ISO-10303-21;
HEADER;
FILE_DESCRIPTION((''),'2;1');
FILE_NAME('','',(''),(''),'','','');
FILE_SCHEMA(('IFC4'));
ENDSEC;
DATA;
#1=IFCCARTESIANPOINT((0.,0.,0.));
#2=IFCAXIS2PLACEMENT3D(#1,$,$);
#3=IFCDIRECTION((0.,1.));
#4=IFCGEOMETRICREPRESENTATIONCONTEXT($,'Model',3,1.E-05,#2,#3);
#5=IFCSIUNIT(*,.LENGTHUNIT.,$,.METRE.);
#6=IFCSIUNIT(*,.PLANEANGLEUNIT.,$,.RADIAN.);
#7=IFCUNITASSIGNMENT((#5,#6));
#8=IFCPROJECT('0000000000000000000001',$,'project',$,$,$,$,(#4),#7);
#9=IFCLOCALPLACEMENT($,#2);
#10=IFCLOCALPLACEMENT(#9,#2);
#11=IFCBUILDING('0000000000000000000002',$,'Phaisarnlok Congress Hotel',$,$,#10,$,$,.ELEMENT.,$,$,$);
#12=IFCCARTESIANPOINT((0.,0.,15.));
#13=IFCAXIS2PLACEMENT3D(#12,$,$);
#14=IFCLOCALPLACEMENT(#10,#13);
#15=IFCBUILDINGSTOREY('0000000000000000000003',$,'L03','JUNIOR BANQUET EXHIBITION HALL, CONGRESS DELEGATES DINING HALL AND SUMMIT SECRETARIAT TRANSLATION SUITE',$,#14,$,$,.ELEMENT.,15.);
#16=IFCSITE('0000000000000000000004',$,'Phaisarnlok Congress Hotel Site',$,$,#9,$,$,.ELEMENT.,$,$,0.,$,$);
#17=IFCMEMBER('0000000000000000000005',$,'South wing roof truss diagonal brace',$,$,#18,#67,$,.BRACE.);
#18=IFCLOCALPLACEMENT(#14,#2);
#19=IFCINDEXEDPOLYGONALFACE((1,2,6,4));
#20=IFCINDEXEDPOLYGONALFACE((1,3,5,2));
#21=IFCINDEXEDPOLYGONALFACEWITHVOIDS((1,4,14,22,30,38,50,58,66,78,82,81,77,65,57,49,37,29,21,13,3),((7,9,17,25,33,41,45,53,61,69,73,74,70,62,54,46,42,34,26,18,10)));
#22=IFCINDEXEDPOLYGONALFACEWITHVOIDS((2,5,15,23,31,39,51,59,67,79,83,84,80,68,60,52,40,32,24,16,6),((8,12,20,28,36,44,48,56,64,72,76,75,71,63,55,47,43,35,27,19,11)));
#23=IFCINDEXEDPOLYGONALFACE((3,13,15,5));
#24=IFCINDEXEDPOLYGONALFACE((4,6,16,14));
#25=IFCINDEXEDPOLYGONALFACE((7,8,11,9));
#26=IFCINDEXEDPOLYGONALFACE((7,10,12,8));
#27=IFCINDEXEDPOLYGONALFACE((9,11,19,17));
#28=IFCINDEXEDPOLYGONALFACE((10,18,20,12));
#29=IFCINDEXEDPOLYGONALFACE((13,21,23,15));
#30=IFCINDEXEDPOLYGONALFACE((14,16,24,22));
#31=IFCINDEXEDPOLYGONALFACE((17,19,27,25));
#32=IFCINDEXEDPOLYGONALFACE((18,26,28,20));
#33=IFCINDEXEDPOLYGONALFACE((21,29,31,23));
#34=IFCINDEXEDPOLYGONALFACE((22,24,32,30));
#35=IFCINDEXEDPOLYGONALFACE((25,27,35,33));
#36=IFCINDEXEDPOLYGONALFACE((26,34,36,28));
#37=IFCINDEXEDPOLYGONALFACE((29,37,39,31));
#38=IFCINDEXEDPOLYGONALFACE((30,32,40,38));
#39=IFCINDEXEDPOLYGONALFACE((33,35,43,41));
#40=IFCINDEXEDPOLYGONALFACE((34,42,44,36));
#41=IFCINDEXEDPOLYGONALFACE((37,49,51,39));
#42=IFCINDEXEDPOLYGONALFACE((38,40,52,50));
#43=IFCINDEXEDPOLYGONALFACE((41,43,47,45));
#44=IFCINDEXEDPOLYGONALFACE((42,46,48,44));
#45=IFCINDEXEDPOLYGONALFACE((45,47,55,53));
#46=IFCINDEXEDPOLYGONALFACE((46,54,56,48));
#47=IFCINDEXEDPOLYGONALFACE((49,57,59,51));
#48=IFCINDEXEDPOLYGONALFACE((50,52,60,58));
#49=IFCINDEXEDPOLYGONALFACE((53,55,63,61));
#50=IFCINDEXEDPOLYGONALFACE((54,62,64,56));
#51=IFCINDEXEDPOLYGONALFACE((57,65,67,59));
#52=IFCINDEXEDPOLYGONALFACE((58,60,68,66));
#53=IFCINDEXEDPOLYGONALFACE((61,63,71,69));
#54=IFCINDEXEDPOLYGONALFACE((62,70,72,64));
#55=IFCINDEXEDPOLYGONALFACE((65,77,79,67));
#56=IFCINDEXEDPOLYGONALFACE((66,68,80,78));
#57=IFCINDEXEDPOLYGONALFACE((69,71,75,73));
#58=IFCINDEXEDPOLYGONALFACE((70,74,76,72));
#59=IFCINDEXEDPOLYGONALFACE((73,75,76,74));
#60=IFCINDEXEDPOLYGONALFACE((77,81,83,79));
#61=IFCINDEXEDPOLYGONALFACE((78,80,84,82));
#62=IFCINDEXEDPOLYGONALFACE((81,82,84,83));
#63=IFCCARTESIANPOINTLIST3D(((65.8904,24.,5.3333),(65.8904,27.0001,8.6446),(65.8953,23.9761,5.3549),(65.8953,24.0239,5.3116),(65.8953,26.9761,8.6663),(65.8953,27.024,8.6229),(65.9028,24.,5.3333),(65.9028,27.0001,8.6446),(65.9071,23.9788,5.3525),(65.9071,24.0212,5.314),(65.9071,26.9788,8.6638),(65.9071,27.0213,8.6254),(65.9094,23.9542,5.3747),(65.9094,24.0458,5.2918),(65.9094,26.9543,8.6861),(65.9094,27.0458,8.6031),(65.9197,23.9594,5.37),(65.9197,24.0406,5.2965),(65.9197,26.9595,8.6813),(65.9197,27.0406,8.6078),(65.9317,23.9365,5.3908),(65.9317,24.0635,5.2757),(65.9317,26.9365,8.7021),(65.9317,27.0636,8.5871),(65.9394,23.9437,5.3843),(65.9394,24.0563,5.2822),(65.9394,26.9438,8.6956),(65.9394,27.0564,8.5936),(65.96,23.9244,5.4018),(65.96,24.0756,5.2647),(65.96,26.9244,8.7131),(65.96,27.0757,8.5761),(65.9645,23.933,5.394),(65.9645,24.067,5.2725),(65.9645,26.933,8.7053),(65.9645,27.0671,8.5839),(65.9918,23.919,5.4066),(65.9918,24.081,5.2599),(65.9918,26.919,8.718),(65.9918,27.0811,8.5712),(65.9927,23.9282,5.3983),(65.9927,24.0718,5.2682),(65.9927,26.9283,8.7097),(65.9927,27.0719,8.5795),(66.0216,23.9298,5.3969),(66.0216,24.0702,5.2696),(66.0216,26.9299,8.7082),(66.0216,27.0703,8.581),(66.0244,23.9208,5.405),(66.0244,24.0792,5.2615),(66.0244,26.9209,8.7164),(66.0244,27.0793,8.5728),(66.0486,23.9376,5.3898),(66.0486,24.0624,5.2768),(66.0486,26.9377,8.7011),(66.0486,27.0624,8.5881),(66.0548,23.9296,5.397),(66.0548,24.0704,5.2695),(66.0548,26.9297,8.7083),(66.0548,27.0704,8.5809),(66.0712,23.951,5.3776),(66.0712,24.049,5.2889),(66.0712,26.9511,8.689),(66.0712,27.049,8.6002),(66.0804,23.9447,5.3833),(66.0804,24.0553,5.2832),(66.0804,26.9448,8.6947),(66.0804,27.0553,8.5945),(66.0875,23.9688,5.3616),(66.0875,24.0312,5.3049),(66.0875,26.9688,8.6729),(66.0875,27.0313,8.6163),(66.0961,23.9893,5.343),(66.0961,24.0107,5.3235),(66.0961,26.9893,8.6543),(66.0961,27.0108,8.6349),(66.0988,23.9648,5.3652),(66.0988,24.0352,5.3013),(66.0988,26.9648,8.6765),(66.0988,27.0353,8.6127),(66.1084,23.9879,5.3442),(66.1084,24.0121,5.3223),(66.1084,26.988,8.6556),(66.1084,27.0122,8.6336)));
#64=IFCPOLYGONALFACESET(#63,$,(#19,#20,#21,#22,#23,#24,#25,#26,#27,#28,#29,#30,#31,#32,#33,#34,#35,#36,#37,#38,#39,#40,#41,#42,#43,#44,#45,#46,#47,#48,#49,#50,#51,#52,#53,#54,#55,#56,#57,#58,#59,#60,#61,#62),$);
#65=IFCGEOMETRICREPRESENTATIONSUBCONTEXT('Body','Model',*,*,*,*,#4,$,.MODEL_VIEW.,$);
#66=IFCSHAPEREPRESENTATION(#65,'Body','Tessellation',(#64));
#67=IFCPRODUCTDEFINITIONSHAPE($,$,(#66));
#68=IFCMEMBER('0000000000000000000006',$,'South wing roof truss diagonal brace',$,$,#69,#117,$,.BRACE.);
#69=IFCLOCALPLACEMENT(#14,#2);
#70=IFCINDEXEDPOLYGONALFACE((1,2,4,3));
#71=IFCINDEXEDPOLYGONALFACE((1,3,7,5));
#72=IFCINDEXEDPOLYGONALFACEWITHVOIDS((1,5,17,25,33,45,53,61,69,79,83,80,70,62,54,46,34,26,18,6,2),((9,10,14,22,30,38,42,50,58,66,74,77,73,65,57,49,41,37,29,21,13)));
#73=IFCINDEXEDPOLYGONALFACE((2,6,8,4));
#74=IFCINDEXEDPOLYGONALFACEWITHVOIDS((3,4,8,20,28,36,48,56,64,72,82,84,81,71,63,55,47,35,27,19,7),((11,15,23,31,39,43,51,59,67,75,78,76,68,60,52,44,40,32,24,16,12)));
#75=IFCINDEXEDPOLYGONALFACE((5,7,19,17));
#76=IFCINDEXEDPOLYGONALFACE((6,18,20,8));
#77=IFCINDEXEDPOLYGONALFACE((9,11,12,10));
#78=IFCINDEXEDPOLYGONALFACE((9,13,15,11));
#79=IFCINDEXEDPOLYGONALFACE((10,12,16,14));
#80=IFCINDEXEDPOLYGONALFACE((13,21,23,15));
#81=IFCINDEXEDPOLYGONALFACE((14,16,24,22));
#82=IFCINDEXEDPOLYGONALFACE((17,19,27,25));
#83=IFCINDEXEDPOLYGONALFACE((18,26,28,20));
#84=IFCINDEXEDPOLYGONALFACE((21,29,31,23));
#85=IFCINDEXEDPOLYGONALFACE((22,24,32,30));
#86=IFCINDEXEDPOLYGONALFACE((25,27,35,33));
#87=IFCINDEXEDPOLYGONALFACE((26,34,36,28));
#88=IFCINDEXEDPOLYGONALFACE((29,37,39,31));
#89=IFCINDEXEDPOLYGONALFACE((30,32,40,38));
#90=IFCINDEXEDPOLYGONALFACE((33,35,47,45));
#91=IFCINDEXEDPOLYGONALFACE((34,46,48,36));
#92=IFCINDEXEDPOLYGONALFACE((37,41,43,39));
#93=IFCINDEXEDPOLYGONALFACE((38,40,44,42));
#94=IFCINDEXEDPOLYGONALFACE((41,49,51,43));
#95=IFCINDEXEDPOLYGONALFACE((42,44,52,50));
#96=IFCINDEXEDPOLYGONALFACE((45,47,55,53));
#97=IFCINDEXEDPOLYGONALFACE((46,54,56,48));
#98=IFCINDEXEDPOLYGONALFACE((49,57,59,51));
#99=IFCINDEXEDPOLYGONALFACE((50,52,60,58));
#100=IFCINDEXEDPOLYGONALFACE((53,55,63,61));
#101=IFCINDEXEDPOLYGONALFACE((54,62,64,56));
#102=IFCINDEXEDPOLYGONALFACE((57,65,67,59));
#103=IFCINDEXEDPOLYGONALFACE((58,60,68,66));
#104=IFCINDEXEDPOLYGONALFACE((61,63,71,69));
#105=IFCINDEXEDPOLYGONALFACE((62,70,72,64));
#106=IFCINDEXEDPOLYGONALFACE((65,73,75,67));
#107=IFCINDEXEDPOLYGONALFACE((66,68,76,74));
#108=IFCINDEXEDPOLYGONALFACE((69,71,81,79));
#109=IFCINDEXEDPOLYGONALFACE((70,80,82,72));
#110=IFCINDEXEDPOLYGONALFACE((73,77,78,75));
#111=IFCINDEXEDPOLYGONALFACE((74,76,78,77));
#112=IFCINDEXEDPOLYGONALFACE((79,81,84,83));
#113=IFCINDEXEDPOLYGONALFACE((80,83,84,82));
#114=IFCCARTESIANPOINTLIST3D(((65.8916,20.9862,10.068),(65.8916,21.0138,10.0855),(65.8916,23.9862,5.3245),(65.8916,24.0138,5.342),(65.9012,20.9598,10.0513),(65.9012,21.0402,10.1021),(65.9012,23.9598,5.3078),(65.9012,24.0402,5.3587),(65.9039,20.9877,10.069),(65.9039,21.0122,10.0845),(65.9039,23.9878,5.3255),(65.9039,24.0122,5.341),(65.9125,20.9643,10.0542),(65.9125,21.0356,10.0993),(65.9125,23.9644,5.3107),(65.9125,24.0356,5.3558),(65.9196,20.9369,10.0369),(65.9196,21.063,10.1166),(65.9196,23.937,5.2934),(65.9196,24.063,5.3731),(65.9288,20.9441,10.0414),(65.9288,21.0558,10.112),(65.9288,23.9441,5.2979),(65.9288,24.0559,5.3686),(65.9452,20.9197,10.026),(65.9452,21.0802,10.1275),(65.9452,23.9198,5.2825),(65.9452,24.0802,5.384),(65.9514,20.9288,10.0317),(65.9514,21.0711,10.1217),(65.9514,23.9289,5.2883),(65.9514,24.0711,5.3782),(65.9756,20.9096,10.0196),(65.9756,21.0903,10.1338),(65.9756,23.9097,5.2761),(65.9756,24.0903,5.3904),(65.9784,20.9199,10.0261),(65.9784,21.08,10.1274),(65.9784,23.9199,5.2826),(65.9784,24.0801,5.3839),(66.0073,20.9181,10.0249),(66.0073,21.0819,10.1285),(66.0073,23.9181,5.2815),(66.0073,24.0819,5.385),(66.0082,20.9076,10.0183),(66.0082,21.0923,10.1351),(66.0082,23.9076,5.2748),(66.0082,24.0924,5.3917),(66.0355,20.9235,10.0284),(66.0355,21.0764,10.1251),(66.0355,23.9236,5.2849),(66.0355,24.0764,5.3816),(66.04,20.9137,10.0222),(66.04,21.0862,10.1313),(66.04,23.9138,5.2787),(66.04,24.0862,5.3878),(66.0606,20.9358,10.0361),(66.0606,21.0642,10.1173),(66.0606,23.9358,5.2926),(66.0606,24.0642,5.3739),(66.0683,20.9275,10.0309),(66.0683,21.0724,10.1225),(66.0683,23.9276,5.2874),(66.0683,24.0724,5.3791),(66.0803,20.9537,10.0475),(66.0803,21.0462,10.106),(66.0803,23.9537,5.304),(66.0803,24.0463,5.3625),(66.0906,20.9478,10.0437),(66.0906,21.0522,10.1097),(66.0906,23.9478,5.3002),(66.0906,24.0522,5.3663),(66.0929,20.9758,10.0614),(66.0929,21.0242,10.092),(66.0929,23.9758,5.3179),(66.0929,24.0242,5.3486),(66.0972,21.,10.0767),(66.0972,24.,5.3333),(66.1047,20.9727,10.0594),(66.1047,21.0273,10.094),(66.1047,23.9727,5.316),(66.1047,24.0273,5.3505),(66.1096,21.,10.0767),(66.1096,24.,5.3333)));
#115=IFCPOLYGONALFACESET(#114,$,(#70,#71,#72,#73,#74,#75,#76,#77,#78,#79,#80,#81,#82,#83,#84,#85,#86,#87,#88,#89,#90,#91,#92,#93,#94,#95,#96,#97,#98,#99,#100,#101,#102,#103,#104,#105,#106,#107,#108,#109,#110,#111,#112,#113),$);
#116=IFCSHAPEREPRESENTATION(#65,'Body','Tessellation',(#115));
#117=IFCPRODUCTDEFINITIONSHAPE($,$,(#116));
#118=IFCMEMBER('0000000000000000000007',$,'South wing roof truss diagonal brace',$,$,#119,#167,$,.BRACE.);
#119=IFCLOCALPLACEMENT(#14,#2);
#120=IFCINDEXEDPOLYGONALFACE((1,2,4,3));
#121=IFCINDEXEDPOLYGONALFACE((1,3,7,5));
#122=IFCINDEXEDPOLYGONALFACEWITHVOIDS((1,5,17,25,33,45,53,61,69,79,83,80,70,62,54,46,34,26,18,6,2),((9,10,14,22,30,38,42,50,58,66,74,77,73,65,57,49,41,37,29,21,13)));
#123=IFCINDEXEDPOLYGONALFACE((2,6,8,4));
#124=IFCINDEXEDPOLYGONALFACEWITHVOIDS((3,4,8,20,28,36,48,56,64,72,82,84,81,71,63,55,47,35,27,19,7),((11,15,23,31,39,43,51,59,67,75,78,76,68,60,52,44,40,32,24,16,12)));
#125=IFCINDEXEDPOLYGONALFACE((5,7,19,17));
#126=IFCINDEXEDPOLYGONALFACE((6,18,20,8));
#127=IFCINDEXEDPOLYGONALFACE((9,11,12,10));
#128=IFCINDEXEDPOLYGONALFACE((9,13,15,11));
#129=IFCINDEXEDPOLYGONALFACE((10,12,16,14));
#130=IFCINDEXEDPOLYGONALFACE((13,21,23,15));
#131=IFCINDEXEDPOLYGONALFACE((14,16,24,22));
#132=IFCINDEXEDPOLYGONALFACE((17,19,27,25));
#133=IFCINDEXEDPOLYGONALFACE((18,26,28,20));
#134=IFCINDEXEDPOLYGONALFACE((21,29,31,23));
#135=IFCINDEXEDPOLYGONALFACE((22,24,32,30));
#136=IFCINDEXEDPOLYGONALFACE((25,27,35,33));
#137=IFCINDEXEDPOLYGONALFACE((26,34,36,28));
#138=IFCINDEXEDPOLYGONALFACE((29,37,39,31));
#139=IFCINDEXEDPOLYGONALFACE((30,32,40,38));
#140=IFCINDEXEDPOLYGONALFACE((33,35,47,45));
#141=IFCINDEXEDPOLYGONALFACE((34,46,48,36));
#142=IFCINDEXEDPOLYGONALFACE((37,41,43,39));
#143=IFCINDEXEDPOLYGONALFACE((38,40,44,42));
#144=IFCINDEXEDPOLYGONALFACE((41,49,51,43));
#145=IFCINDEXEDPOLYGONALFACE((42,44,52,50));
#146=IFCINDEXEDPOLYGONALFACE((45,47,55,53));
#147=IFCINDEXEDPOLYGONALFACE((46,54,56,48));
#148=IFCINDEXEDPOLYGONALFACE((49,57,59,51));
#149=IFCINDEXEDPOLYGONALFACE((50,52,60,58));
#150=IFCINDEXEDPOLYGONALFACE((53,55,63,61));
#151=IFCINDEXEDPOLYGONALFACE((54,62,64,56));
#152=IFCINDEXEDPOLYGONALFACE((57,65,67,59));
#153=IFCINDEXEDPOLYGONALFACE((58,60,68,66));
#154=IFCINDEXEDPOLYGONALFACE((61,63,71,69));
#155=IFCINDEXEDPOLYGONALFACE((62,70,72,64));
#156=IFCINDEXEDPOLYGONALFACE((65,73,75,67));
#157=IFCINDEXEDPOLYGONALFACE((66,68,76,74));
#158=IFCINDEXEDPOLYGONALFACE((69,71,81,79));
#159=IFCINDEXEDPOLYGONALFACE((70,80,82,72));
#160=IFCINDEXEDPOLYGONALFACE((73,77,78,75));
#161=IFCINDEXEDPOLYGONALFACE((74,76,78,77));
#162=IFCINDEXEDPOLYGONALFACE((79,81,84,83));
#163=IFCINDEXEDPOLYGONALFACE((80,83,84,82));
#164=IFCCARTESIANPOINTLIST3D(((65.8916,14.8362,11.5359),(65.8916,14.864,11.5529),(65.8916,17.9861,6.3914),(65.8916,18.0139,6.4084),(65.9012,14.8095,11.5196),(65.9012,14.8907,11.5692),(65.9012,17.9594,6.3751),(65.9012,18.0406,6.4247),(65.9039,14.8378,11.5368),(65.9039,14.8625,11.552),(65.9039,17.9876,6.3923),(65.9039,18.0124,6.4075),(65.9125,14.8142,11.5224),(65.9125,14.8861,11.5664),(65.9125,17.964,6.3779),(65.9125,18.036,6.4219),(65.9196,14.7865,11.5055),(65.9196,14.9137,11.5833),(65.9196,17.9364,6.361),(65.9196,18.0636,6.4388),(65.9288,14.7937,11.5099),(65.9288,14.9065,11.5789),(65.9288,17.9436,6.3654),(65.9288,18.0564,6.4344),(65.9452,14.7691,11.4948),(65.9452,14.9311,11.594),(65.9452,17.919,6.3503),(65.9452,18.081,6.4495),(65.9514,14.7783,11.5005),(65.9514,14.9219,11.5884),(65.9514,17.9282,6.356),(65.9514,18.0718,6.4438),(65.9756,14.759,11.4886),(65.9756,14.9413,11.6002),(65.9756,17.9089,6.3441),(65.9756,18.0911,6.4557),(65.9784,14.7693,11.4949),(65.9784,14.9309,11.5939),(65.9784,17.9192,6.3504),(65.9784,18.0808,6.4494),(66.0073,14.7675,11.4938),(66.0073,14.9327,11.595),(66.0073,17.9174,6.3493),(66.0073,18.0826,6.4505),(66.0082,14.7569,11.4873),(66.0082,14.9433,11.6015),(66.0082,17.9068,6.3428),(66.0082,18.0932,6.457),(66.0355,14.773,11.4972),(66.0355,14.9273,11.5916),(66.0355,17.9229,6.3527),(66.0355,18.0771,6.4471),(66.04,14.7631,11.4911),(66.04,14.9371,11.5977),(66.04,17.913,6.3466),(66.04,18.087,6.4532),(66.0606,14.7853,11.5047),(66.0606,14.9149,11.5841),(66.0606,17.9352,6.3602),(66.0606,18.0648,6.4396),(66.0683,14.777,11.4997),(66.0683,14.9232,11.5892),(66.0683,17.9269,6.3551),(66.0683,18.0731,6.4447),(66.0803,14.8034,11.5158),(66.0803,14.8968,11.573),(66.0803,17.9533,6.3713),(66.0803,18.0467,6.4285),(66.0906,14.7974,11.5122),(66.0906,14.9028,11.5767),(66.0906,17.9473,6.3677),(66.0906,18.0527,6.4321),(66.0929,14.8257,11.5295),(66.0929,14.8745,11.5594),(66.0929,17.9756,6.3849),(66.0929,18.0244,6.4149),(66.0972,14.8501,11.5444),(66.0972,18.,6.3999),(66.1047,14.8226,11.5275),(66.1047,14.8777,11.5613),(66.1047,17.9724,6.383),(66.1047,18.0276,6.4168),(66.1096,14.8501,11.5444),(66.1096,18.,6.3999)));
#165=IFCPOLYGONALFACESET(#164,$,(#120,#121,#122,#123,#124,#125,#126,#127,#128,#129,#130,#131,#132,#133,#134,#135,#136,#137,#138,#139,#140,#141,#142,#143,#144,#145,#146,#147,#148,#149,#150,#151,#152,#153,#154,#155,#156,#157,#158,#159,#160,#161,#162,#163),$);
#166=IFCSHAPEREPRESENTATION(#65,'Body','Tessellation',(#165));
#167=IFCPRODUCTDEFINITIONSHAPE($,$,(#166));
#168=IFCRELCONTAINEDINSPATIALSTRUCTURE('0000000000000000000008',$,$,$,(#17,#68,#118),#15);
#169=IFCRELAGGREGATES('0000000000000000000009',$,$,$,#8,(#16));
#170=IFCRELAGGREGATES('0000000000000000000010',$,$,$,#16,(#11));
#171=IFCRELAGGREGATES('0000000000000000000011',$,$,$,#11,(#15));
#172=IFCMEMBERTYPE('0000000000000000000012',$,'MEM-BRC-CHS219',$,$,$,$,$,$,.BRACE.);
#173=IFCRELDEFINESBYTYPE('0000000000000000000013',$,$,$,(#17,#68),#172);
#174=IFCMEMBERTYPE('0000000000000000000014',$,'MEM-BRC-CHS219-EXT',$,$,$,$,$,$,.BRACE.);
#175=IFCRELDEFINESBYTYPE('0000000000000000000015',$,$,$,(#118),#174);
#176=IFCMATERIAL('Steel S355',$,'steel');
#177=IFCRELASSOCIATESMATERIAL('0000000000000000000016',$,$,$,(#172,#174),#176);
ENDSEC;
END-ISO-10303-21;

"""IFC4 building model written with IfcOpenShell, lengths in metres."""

from ifc_helpers import new_model, si_unit, direction, frame, origin, origin_2d, place, context, subcontext, project, spatial, hollow_circle, extrude, material, material_profile, profile_set, type_object, element, save


model = new_model("IFC4")

# Units and contexts
model_context = context("Model", 3, precision=1e-05, world=origin(), true_north=direction((0.0, 1.0)))
body_context = subcontext(model_context, "Body", "Model", "MODEL_VIEW")
ifc_project = project(units=[si_unit("LENGTHUNIT", "METRE"), si_unit("PLANEANGLEUNIT", "RADIAN")], contexts=[model_context])

# Site, building, storey
site_placement = place(None, origin())
site = spatial("IfcSite", under=ifc_project, at=site_placement, Name="Phaisarnlok Congress Hotel Site", CompositionType="ELEMENT", RefElevation=0.0)
building_placement = place(site_placement, origin())
building = spatial("IfcBuilding", under=site, at=building_placement, Name="Phaisarnlok Congress Hotel", CompositionType="ELEMENT")
storey_placement = place(building_placement, frame((0.0, 0.0, 15.0)))
storey = spatial("IfcBuildingStorey", under=building, at=storey_placement, Name="L03", Description="JUNIOR BANQUET EXHIBITION HALL, CONGRESS DELEGATES DINING HALL AND SUMMIT SECRETARIAT TRANSLATION SUITE", CompositionType="ELEMENT", Elevation=15.0)

# Shared definitions
ifc_material_1 = material(Name="Steel S355", Category="steel")

# Members
ifc_material_profile_1 = material_profile(ifc_material_1, hollow_circle(Radius=0.1096, WallThickness=0.0125, at=origin_2d()), Name="CHS 219.1x12.5")
ifc_profile_set_1 = profile_set([ifc_material_profile_1], Name="Steel S355")
member_type_1 = type_object("IfcMemberType", Name="MEM-BRC-CHS219", PredefinedType="BRACE", material=ifc_profile_set_1)
member_1_placement = place(storey_placement, frame((66.0, 24.0, 5.3333), z_axis=(0.0, 0.671415, 0.741081), x_axis=(-1.0, 0.0, 0.0)))
element("IfcMember", 1, at=member_1_placement, inside=storey, type_object=member_type_1, Name="South wing roof truss diagonal brace", PredefinedType="BRACE", context=body_context, shape_type="SweptSolid", body=[
    extrude(hollow_circle(Radius=0.1096, WallThickness=0.0125, at=origin_2d()), origin(), (0.0, 0.0, 1.0), 4.4683),
])
member_2_placement = place(storey_placement, frame((66.0, 24.0, 5.3333), z_axis=(0.0, -0.534523, 0.845154), x_axis=(1.0, 0.0, 0.0)))
element("IfcMember", 2, at=member_2_placement, inside=storey, type_object=member_type_1, Name="South wing roof truss diagonal brace", PredefinedType="BRACE", context=body_context, shape_type="SweptSolid", body=[
    extrude(hollow_circle(Radius=0.1096, WallThickness=0.0125, at=origin_2d()), origin(), (0.0, 0.0, 1.0), 5.6125),
])
ifc_material_profile_2 = material_profile(ifc_material_1, hollow_circle(Radius=0.1096, WallThickness=0.0125, at=origin_2d()), Name="CHS 219.1x12.5")
ifc_profile_set_2 = profile_set([ifc_material_profile_2], Name="Steel S355")
member_type_2 = type_object("IfcMemberType", Name="MEM-BRC-CHS219-EXT", PredefinedType="BRACE", material=ifc_profile_set_2)
member_3_placement = place(storey_placement, frame((66.0, 18.0, 6.3999), z_axis=(0.0, -0.522177, 0.852837), x_axis=(1.0, 0.0, 0.0)))
element("IfcMember", 3, at=member_3_placement, inside=storey, type_object=member_type_2, Name="South wing roof truss diagonal brace", PredefinedType="BRACE", context=body_context, shape_type="SweptSolid", body=[
    extrude(hollow_circle(Radius=0.1096, WallThickness=0.0125, at=origin_2d()), origin(), (0.0, 0.0, 1.0), 6.0322),
])

save(model, "model.ifc")
